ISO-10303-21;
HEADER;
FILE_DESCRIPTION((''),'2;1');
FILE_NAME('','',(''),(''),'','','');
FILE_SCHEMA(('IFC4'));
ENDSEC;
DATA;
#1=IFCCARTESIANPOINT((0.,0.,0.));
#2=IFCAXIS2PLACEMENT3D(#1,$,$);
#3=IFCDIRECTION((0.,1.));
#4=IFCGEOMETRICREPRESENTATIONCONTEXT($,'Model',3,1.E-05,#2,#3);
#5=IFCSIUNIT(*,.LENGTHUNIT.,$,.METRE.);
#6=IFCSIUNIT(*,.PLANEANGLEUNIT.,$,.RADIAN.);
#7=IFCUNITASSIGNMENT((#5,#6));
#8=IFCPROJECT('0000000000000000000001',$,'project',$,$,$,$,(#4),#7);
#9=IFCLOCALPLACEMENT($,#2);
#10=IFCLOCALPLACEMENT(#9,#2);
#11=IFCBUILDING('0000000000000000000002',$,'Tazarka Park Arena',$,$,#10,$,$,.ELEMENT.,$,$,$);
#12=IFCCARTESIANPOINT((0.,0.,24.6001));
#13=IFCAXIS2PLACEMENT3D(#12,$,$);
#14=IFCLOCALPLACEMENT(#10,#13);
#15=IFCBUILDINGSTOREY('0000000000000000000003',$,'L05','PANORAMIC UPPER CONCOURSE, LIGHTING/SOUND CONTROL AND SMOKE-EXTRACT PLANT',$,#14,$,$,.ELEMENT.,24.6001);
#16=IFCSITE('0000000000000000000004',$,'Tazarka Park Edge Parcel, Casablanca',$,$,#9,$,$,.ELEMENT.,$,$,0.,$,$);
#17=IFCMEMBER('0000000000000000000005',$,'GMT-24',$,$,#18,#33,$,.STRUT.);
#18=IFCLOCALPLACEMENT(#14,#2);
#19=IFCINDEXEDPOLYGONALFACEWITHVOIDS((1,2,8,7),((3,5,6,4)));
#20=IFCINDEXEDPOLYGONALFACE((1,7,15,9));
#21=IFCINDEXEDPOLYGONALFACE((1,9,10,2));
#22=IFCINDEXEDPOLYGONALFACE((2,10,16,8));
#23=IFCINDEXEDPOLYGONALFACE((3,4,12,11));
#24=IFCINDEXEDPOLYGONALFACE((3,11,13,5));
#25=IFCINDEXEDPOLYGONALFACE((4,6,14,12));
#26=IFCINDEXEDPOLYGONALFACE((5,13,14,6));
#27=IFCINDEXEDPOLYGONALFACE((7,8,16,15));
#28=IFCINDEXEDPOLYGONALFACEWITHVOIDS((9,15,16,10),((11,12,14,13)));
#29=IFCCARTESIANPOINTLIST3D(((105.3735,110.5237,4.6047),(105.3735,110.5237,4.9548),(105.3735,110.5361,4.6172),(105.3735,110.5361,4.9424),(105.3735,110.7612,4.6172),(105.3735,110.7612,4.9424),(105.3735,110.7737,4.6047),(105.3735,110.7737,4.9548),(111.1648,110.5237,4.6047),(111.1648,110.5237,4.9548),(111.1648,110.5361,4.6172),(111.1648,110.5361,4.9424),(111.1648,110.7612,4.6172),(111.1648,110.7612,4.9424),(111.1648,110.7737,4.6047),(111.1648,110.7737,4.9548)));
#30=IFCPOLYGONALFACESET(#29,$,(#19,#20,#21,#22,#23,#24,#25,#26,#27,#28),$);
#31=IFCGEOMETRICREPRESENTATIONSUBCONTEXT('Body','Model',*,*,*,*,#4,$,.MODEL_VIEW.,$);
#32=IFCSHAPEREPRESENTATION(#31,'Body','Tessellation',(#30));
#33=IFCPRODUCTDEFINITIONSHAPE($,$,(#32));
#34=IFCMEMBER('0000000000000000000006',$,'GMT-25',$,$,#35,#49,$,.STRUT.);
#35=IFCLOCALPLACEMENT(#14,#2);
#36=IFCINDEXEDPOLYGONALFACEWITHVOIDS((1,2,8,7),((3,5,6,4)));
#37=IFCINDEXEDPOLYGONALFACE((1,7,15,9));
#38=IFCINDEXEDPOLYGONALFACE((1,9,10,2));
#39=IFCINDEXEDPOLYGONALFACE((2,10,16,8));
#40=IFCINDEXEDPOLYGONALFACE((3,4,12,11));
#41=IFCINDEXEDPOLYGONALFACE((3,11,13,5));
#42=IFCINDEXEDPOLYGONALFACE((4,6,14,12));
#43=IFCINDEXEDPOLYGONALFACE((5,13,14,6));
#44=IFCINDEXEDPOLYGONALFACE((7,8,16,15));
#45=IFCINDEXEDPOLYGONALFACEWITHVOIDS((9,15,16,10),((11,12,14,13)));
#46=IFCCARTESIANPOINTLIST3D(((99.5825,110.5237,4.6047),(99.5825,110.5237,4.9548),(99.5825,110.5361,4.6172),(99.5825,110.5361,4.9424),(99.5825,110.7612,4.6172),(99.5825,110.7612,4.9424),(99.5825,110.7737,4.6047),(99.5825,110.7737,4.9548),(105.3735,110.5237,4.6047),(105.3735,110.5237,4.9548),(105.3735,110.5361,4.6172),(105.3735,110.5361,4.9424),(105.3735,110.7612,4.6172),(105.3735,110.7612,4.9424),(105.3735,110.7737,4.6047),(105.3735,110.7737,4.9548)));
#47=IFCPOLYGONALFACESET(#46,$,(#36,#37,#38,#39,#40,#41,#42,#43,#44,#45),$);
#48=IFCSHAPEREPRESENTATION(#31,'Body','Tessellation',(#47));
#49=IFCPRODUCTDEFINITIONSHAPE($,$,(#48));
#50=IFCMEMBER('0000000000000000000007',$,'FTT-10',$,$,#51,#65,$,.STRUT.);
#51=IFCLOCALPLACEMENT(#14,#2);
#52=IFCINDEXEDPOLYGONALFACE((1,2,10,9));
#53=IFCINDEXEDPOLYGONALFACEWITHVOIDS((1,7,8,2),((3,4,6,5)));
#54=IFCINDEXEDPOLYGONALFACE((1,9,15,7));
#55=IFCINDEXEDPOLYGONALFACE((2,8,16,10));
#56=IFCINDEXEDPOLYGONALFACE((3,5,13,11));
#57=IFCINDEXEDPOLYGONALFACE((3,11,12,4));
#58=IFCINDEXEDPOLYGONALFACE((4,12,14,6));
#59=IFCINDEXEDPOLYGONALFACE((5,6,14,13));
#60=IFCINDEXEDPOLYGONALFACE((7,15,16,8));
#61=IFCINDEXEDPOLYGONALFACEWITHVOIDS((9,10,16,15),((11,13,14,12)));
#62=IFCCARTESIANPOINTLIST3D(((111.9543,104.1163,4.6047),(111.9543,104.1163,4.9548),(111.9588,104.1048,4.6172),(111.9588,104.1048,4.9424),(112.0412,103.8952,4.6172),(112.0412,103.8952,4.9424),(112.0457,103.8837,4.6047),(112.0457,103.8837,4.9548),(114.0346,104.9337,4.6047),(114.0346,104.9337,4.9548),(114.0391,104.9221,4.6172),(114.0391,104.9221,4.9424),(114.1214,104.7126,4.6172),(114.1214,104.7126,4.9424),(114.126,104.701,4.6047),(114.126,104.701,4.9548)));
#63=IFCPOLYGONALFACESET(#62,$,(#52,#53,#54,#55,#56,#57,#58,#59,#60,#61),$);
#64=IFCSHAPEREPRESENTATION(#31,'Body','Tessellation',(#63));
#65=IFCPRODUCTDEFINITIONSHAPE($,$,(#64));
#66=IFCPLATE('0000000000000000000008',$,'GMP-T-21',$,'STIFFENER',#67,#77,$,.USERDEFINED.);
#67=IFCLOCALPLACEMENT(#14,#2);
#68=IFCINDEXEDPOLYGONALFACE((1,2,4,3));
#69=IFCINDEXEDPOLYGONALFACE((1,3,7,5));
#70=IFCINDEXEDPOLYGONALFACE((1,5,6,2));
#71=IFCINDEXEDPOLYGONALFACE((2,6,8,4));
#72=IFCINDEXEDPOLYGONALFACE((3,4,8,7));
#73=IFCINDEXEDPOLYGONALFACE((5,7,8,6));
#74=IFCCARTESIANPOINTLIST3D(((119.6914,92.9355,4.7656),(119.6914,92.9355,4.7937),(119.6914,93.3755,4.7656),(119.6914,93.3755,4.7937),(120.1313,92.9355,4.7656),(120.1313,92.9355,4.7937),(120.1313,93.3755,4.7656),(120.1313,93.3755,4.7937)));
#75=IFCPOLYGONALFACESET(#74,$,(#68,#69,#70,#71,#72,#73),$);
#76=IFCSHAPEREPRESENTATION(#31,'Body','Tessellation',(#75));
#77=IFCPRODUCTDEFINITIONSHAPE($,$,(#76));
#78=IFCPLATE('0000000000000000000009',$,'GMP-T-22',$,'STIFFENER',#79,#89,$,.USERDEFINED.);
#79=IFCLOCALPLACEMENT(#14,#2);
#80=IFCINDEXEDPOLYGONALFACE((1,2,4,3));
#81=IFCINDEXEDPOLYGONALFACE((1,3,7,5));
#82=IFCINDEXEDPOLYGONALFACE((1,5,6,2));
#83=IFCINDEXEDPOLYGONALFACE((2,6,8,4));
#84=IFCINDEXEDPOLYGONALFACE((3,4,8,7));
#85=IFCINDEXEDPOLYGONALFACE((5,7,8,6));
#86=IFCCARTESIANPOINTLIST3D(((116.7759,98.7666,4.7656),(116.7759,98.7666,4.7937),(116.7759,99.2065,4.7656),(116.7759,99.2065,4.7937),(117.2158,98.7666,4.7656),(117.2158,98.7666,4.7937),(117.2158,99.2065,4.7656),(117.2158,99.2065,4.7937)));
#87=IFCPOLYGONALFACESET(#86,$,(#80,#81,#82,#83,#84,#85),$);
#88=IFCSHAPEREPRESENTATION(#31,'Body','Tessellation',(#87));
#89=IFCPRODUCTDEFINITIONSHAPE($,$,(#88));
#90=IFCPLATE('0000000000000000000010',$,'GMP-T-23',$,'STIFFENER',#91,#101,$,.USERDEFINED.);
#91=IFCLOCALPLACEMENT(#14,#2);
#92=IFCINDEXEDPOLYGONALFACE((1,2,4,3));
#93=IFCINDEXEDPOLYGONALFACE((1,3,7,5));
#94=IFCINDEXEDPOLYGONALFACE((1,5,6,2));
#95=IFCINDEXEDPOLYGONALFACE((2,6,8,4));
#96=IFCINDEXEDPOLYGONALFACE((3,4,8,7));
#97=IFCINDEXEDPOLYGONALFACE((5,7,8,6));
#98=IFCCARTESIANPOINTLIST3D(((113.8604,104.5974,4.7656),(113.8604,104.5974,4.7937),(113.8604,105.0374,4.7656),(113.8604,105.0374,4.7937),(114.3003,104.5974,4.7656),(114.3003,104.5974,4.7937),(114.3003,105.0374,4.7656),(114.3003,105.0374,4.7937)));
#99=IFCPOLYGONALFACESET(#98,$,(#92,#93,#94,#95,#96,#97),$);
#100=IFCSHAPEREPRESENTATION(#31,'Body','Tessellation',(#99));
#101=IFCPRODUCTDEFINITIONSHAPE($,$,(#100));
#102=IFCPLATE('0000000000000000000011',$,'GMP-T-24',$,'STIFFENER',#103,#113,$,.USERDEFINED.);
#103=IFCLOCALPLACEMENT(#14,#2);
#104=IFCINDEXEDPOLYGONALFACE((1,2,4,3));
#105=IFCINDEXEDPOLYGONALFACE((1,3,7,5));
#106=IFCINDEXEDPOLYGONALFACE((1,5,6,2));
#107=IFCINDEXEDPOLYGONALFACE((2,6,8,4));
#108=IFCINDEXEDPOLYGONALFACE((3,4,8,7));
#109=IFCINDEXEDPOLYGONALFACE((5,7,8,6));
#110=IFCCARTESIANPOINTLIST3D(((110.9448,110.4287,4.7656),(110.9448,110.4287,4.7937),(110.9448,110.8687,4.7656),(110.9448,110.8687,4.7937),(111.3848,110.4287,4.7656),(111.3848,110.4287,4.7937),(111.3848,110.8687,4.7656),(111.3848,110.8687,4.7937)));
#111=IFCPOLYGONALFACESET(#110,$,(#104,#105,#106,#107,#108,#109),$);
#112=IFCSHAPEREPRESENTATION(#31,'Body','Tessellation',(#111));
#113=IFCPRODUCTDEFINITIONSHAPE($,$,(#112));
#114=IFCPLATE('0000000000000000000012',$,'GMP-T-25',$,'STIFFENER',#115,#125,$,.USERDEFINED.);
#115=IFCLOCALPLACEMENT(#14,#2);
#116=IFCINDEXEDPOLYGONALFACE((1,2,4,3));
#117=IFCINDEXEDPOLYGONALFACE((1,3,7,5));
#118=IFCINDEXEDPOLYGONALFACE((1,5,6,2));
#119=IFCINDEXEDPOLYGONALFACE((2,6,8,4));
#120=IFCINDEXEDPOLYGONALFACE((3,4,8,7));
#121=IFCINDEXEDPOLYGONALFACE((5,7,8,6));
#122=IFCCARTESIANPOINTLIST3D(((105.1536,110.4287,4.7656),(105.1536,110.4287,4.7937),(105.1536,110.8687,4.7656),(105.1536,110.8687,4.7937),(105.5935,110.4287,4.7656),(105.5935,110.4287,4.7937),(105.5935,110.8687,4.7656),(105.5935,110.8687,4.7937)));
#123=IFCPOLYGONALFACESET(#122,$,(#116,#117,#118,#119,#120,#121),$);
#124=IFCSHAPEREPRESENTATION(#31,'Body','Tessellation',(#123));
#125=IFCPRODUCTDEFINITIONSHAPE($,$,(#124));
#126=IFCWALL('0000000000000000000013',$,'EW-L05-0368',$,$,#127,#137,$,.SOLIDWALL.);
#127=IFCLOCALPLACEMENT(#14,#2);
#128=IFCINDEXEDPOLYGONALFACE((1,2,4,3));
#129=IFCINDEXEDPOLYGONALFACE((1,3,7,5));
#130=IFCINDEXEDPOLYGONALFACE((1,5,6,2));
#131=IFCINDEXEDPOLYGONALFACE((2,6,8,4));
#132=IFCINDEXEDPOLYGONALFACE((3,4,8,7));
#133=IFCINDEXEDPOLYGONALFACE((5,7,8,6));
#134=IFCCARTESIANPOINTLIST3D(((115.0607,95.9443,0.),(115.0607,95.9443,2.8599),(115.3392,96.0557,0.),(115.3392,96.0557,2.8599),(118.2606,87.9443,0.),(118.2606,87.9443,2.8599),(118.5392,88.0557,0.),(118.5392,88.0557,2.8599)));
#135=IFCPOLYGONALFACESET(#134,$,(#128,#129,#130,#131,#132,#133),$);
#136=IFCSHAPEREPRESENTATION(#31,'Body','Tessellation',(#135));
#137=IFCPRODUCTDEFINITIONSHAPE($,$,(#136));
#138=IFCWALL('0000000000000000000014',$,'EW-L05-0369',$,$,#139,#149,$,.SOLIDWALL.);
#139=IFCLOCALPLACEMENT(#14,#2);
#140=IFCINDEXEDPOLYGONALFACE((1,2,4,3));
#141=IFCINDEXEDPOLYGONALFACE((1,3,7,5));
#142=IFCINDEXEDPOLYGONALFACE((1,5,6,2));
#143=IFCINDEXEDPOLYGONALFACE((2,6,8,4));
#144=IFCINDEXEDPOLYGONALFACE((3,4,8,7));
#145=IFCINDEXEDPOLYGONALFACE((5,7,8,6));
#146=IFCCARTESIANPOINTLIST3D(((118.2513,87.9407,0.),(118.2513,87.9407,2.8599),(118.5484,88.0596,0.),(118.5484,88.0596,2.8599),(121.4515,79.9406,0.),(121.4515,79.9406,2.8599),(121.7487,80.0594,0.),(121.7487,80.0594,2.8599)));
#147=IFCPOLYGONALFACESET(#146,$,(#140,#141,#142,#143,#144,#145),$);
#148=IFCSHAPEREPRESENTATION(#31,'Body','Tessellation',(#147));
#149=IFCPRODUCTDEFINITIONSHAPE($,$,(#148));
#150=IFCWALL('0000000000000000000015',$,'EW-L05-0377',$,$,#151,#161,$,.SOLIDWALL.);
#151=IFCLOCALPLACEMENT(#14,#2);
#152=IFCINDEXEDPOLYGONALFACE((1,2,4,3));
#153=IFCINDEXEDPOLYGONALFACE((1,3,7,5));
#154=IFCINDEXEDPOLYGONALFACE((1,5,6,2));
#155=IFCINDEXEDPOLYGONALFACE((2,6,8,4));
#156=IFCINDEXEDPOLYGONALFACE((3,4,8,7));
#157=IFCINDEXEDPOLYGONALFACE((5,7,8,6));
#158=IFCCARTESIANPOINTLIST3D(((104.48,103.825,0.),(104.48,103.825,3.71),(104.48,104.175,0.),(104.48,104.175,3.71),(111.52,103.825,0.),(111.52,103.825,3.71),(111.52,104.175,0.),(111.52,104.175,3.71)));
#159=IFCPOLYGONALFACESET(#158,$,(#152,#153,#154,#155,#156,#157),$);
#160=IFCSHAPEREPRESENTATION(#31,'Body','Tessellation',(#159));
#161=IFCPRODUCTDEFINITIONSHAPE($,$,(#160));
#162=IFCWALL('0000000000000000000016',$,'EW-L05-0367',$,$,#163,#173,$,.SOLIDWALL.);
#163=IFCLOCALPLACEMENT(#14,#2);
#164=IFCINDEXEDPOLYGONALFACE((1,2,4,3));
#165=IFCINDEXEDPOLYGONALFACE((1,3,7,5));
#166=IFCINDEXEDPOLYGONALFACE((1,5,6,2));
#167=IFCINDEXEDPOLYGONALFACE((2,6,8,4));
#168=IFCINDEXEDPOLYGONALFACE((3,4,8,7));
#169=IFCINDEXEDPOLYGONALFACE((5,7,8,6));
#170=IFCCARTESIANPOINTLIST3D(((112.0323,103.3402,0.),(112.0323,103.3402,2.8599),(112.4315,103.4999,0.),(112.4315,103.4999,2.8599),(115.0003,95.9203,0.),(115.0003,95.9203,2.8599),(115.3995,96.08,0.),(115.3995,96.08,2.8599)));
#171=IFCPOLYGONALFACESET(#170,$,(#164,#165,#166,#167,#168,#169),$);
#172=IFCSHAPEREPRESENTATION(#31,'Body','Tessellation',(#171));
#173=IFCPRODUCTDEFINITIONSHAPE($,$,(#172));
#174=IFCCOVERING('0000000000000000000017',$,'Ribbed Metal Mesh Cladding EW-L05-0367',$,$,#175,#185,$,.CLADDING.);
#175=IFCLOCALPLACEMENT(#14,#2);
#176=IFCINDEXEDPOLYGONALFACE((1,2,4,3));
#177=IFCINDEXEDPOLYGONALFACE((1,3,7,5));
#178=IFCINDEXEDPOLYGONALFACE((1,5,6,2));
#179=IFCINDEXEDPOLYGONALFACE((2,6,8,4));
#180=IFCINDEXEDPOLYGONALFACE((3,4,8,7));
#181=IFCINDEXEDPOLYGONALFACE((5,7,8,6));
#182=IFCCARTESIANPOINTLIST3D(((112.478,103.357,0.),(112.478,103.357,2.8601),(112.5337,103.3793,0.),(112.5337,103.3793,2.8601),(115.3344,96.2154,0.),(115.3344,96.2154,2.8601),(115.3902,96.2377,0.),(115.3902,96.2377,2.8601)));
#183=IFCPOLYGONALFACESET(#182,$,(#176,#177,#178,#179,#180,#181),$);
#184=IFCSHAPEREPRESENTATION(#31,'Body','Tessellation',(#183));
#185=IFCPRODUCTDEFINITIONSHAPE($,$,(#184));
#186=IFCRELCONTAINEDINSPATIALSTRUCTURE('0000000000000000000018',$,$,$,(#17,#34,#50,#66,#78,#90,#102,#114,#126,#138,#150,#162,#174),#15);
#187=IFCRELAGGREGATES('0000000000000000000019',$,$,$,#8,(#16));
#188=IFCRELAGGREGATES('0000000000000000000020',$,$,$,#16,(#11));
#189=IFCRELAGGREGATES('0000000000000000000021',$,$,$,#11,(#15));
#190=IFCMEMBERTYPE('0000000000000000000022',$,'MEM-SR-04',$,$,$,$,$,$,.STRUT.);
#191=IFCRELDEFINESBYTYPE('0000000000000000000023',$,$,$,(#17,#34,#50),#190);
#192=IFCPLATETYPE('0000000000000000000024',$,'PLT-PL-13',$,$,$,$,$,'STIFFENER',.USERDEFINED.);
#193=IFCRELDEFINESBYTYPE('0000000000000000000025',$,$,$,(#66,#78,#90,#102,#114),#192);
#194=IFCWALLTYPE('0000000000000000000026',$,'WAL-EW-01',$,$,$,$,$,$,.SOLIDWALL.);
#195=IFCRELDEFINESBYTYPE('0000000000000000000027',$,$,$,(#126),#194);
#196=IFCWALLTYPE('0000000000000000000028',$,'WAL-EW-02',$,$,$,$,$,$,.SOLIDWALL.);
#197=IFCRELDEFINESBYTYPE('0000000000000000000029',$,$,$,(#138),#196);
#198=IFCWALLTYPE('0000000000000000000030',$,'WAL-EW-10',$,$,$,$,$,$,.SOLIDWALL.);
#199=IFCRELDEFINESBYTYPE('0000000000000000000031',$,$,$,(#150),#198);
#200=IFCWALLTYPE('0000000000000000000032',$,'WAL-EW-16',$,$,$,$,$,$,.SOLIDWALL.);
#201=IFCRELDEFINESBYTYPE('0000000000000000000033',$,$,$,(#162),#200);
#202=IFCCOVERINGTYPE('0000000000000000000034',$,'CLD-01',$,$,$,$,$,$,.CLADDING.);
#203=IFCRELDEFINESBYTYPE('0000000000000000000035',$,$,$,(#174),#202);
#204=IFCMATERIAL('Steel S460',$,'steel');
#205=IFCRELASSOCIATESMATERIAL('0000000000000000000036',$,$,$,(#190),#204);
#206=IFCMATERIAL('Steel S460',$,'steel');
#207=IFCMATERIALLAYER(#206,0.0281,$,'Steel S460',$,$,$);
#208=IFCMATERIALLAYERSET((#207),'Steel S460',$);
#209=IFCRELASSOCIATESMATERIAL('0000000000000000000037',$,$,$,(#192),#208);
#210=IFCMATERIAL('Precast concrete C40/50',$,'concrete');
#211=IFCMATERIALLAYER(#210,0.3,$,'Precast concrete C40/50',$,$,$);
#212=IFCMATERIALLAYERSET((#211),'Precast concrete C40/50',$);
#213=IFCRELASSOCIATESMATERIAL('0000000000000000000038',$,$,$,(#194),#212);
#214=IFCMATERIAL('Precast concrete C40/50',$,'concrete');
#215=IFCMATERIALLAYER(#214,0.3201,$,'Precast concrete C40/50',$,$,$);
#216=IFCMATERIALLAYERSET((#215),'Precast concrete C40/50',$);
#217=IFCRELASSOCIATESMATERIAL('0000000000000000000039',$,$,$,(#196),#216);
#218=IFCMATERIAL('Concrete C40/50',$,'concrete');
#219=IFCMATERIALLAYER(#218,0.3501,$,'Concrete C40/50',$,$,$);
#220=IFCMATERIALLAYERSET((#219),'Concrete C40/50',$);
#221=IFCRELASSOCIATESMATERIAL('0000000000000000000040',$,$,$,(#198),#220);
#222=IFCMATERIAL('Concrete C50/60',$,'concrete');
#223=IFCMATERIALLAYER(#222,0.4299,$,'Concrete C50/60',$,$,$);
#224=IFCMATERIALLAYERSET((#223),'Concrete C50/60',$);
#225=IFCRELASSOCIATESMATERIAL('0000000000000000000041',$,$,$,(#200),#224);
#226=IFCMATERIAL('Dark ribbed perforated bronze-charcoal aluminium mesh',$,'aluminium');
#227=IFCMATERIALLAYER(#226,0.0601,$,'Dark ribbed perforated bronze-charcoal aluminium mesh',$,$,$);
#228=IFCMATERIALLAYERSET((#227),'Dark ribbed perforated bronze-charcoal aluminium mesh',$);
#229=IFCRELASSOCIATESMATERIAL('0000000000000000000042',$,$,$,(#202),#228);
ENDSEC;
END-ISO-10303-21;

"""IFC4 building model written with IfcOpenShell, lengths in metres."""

from ifc_helpers import new_model, si_unit, direction, frame, frame_2d, origin, origin_2d, place, context, subcontext, project, spatial, rectangle, hollow_rectangle, extrude, material, layer, layer_set, material_profile, profile_set, type_object, element, save


model = new_model("IFC4")

# Units and contexts
model_context = context("Model", 3, precision=1e-05, world=origin(), true_north=direction((0.0, 1.0)))
body_context = subcontext(model_context, "Body", "Model", "MODEL_VIEW")
ifc_project = project(units=[si_unit("LENGTHUNIT", "METRE"), si_unit("PLANEANGLEUNIT", "RADIAN")], contexts=[model_context])

# Site, building, storey
site_placement = place(None, origin())
site = spatial("IfcSite", under=ifc_project, at=site_placement, Name="Tazarka Park Edge Parcel, Casablanca", CompositionType="ELEMENT", RefElevation=0.0)
building_placement = place(site_placement, origin())
building = spatial("IfcBuilding", under=site, at=building_placement, Name="Tazarka Park Arena", CompositionType="ELEMENT")
storey_placement = place(building_placement, frame((0.0, 0.0, 24.6001)))
storey = spatial("IfcBuildingStorey", under=building, at=storey_placement, Name="L05", Description="PANORAMIC UPPER CONCOURSE, LIGHTING/SOUND CONTROL AND SMOKE-EXTRACT PLANT", CompositionType="ELEMENT", Elevation=24.6001)

# Members
ifc_material_1 = material(Name="Steel S460", Category="steel")
ifc_material_profile_1 = material_profile(ifc_material_1, hollow_rectangle(XDim=0.25, YDim=0.3501, WallThickness=0.0125, at=origin_2d()), Name="Steel S460")
ifc_profile_set_1 = profile_set([ifc_material_profile_1], Name="Steel S460")
member_type_1 = type_object("IfcMemberType", Name="MEM-SR-04", PredefinedType="STRUT", material=ifc_profile_set_1)
member_1_placement = place(storey_placement, frame((111.1648, 110.6487, 4.7798), z_axis=(-1.0, 0.0, 0.0), x_axis=(0.0, -1.0, 0.0)))
element("IfcMember", 1, at=member_1_placement, inside=storey, type_object=member_type_1, Name="GMT-24", PredefinedType="STRUT", context=body_context, shape_type="SweptSolid", body=[
    extrude(hollow_rectangle(XDim=0.25, YDim=0.3501, WallThickness=0.0125, at=origin_2d()), origin(), (0.0, 0.0, 1.0), 5.7913),
])
member_2_placement = place(storey_placement, frame((105.3735, 110.6487, 4.7798), z_axis=(-1.0, 0.0, 0.0), x_axis=(0.0, -1.0, 0.0)))
element("IfcMember", 2, at=member_2_placement, inside=storey, type_object=member_type_1, Name="GMT-25", PredefinedType="STRUT", context=body_context, shape_type="SweptSolid", body=[
    extrude(hollow_rectangle(XDim=0.25, YDim=0.3501, WallThickness=0.0125, at=origin_2d()), origin(), (0.0, 0.0, 1.0), 5.791),
])
member_3_placement = place(storey_placement, frame((112.0, 104.0, 4.7798), z_axis=(0.930734, 0.365696, 0.0), x_axis=(-0.365696, 0.930734, 0.0)))
element("IfcMember", 3, at=member_3_placement, inside=storey, type_object=member_type_1, Name="FTT-10", PredefinedType="STRUT", context=body_context, shape_type="SweptSolid", body=[
    extrude(hollow_rectangle(XDim=0.25, YDim=0.3501, WallThickness=0.0125, at=origin_2d()), origin(), (0.0, 0.0, 1.0), 2.2351),
])

# Plates
ifc_material_2 = material(Name="Steel S460", Category="steel")
ifc_layer_1 = layer(ifc_material_2, 0.0281, Name="Steel S460")
ifc_layer_set_1 = layer_set([ifc_layer_1], Name="Steel S460")
plate_type = type_object("IfcPlateType", Name="PLT-PL-13", ElementType="STIFFENER", PredefinedType="USERDEFINED", material=ifc_layer_set_1)
for number, where, z_axis, x_axis, name in (
    (4, (119.9114, 93.1555, 4.7656), (0.0, 0.0, 1.0), (1.0, 0.0, 0.0), "GMP-T-21"),
    (5, (116.9958, 98.9866, 4.7656), (0.0, 0.0, 1.0), (1.0, 0.0, 0.0), "GMP-T-22"),
    (6, (114.0803, 104.8174, 4.7656), (0.0, 0.0, 1.0), (1.0, 0.0, 0.0), "GMP-T-23"),
    (7, (111.1648, 110.6487, 4.7656), (0.0, 0.0, 1.0), (1.0, 0.0, 0.0), "GMP-T-24"),
    (8, (105.3735, 110.6487, 4.7656), (0.0, 0.0, 1.0), (1.0, 0.0, 0.0), "GMP-T-25"),
):
    element("IfcPlate", number, at=place(storey_placement, frame(where, z_axis=z_axis, x_axis=x_axis)), inside=storey, type_object=plate_type, Name=name, ObjectType="STIFFENER", PredefinedType="USERDEFINED", context=body_context, shape_type="SweptSolid", body=[
        extrude(rectangle(XDim=0.4399, YDim=0.4399, at=origin_2d()), origin(), (0.0, 0.0, 1.0), 0.0281),
    ])

# Walls
ifc_material_3 = material(Name="Precast concrete C40/50", Category="concrete")
ifc_layer_2 = layer(ifc_material_3, 0.3, Name="Precast concrete C40/50")
ifc_layer_set_2 = layer_set([ifc_layer_2], Name="Precast concrete C40/50")
wall_type_1 = type_object("IfcWallType", Name="WAL-EW-01", PredefinedType="SOLIDWALL", material=ifc_layer_set_2)
wall_1_placement = place(storey_placement, frame((115.2, 96.0, 0.0), z_axis=(0.0, 0.0, 1.0), x_axis=(0.371386, -0.928479, 0.0)))
element("IfcWall", 9, at=wall_1_placement, inside=storey, type_object=wall_type_1, Name="EW-L05-0368", PredefinedType="SOLIDWALL", context=body_context, shape_type="SweptSolid", body=[
    extrude(rectangle(XDim=8.6162, YDim=0.3, at=frame_2d((4.3081, 0.0))), origin(), (0.0, 0.0, 1.0), 2.8599),
])
ifc_material_4 = material(Name="Precast concrete C40/50", Category="concrete")
ifc_layer_3 = layer(ifc_material_4, 0.3201, Name="Precast concrete C40/50")
ifc_layer_set_3 = layer_set([ifc_layer_3], Name="Precast concrete C40/50")
wall_type_2 = type_object("IfcWallType", Name="WAL-EW-02", PredefinedType="SOLIDWALL", material=ifc_layer_set_3)
wall_2_placement = place(storey_placement, frame((118.3999, 88.0, 0.0), z_axis=(0.0, 0.0, 1.0), x_axis=(0.37141, -0.928469, 0.0)))
element("IfcWall", 10, at=wall_2_placement, inside=storey, type_object=wall_type_2, Name="EW-L05-0369", PredefinedType="SOLIDWALL", context=body_context, shape_type="SweptSolid", body=[
    extrude(rectangle(XDim=8.6165, YDim=0.3201, at=frame_2d((4.3081, 0.0))), origin(), (0.0, 0.0, 1.0), 2.8599),
])
ifc_material_5 = material(Name="Concrete C40/50", Category="concrete")
ifc_layer_4 = layer(ifc_material_5, 0.3501, Name="Concrete C40/50")
ifc_layer_set_4 = layer_set([ifc_layer_4], Name="Concrete C40/50")
wall_type_3 = type_object("IfcWallType", Name="WAL-EW-10", PredefinedType="SOLIDWALL", material=ifc_layer_set_4)
wall_3_placement = place(storey_placement, frame((104.48, 104.0, 0.0), z_axis=(0.0, 0.0, 1.0), x_axis=(1.0, 0.0, 0.0)))
element("IfcWall", 11, at=wall_3_placement, inside=storey, type_object=wall_type_3, Name="EW-L05-0377", PredefinedType="SOLIDWALL", context=body_context, shape_type="SweptSolid", body=[
    extrude(rectangle(XDim=7.04, YDim=0.3501, at=frame_2d((3.52, 0.0))), origin(), (0.0, 0.0, 1.0), 3.71),
])
ifc_material_6 = material(Name="Concrete C50/60", Category="concrete")
ifc_layer_5 = layer(ifc_material_6, 0.4299, Name="Concrete C50/60")
ifc_layer_set_5 = layer_set([ifc_layer_5], Name="Concrete C50/60")
wall_type_4 = type_object("IfcWallType", Name="WAL-EW-16", PredefinedType="SOLIDWALL", material=ifc_layer_set_5)
wall_4_placement = place(storey_placement, frame((112.2319, 103.4199, 0.0), z_axis=(0.0, 0.0, 1.0), x_axis=(0.371396, -0.928475, 0.0)))
element("IfcWall", 12, at=wall_4_placement, inside=storey, type_object=wall_type_4, Name="EW-L05-0367", PredefinedType="SOLIDWALL", context=body_context, shape_type="SweptSolid", body=[
    extrude(rectangle(XDim=7.9915, YDim=0.4299, at=frame_2d((3.9956, 0.0))), origin(), (0.0, 0.0, 1.0), 2.8599),
])

# Covering
ifc_material_7 = material(Name="Dark ribbed perforated bronze-charcoal aluminium mesh", Category="aluminium")
ifc_layer_6 = layer(ifc_material_7, 0.0601, Name="Dark ribbed perforated bronze-charcoal aluminium mesh")
ifc_layer_set_6 = layer_set([ifc_layer_6], Name="Dark ribbed perforated bronze-charcoal aluminium mesh")
covering_type = type_object("IfcCoveringType", Name="CLD-01", PredefinedType="CLADDING", material=ifc_layer_set_6)
covering_1_placement = place(storey_placement, frame((113.9341, 99.7974, 0.0), z_axis=(0.0, 0.0, 1.0), x_axis=(0.371368, -0.928486, 0.0)))
element("IfcCovering", 13, at=covering_1_placement, inside=storey, type_object=covering_type, Name="Ribbed Metal Mesh Cladding EW-L05-0367", PredefinedType="CLADDING", context=body_context, shape_type="SweptSolid", body=[
    extrude(rectangle(XDim=7.6917, YDim=0.0601, at=origin_2d()), origin(), (0.0, 0.0, 1.0), 2.8601),
])

save(model, "model.ifc")
